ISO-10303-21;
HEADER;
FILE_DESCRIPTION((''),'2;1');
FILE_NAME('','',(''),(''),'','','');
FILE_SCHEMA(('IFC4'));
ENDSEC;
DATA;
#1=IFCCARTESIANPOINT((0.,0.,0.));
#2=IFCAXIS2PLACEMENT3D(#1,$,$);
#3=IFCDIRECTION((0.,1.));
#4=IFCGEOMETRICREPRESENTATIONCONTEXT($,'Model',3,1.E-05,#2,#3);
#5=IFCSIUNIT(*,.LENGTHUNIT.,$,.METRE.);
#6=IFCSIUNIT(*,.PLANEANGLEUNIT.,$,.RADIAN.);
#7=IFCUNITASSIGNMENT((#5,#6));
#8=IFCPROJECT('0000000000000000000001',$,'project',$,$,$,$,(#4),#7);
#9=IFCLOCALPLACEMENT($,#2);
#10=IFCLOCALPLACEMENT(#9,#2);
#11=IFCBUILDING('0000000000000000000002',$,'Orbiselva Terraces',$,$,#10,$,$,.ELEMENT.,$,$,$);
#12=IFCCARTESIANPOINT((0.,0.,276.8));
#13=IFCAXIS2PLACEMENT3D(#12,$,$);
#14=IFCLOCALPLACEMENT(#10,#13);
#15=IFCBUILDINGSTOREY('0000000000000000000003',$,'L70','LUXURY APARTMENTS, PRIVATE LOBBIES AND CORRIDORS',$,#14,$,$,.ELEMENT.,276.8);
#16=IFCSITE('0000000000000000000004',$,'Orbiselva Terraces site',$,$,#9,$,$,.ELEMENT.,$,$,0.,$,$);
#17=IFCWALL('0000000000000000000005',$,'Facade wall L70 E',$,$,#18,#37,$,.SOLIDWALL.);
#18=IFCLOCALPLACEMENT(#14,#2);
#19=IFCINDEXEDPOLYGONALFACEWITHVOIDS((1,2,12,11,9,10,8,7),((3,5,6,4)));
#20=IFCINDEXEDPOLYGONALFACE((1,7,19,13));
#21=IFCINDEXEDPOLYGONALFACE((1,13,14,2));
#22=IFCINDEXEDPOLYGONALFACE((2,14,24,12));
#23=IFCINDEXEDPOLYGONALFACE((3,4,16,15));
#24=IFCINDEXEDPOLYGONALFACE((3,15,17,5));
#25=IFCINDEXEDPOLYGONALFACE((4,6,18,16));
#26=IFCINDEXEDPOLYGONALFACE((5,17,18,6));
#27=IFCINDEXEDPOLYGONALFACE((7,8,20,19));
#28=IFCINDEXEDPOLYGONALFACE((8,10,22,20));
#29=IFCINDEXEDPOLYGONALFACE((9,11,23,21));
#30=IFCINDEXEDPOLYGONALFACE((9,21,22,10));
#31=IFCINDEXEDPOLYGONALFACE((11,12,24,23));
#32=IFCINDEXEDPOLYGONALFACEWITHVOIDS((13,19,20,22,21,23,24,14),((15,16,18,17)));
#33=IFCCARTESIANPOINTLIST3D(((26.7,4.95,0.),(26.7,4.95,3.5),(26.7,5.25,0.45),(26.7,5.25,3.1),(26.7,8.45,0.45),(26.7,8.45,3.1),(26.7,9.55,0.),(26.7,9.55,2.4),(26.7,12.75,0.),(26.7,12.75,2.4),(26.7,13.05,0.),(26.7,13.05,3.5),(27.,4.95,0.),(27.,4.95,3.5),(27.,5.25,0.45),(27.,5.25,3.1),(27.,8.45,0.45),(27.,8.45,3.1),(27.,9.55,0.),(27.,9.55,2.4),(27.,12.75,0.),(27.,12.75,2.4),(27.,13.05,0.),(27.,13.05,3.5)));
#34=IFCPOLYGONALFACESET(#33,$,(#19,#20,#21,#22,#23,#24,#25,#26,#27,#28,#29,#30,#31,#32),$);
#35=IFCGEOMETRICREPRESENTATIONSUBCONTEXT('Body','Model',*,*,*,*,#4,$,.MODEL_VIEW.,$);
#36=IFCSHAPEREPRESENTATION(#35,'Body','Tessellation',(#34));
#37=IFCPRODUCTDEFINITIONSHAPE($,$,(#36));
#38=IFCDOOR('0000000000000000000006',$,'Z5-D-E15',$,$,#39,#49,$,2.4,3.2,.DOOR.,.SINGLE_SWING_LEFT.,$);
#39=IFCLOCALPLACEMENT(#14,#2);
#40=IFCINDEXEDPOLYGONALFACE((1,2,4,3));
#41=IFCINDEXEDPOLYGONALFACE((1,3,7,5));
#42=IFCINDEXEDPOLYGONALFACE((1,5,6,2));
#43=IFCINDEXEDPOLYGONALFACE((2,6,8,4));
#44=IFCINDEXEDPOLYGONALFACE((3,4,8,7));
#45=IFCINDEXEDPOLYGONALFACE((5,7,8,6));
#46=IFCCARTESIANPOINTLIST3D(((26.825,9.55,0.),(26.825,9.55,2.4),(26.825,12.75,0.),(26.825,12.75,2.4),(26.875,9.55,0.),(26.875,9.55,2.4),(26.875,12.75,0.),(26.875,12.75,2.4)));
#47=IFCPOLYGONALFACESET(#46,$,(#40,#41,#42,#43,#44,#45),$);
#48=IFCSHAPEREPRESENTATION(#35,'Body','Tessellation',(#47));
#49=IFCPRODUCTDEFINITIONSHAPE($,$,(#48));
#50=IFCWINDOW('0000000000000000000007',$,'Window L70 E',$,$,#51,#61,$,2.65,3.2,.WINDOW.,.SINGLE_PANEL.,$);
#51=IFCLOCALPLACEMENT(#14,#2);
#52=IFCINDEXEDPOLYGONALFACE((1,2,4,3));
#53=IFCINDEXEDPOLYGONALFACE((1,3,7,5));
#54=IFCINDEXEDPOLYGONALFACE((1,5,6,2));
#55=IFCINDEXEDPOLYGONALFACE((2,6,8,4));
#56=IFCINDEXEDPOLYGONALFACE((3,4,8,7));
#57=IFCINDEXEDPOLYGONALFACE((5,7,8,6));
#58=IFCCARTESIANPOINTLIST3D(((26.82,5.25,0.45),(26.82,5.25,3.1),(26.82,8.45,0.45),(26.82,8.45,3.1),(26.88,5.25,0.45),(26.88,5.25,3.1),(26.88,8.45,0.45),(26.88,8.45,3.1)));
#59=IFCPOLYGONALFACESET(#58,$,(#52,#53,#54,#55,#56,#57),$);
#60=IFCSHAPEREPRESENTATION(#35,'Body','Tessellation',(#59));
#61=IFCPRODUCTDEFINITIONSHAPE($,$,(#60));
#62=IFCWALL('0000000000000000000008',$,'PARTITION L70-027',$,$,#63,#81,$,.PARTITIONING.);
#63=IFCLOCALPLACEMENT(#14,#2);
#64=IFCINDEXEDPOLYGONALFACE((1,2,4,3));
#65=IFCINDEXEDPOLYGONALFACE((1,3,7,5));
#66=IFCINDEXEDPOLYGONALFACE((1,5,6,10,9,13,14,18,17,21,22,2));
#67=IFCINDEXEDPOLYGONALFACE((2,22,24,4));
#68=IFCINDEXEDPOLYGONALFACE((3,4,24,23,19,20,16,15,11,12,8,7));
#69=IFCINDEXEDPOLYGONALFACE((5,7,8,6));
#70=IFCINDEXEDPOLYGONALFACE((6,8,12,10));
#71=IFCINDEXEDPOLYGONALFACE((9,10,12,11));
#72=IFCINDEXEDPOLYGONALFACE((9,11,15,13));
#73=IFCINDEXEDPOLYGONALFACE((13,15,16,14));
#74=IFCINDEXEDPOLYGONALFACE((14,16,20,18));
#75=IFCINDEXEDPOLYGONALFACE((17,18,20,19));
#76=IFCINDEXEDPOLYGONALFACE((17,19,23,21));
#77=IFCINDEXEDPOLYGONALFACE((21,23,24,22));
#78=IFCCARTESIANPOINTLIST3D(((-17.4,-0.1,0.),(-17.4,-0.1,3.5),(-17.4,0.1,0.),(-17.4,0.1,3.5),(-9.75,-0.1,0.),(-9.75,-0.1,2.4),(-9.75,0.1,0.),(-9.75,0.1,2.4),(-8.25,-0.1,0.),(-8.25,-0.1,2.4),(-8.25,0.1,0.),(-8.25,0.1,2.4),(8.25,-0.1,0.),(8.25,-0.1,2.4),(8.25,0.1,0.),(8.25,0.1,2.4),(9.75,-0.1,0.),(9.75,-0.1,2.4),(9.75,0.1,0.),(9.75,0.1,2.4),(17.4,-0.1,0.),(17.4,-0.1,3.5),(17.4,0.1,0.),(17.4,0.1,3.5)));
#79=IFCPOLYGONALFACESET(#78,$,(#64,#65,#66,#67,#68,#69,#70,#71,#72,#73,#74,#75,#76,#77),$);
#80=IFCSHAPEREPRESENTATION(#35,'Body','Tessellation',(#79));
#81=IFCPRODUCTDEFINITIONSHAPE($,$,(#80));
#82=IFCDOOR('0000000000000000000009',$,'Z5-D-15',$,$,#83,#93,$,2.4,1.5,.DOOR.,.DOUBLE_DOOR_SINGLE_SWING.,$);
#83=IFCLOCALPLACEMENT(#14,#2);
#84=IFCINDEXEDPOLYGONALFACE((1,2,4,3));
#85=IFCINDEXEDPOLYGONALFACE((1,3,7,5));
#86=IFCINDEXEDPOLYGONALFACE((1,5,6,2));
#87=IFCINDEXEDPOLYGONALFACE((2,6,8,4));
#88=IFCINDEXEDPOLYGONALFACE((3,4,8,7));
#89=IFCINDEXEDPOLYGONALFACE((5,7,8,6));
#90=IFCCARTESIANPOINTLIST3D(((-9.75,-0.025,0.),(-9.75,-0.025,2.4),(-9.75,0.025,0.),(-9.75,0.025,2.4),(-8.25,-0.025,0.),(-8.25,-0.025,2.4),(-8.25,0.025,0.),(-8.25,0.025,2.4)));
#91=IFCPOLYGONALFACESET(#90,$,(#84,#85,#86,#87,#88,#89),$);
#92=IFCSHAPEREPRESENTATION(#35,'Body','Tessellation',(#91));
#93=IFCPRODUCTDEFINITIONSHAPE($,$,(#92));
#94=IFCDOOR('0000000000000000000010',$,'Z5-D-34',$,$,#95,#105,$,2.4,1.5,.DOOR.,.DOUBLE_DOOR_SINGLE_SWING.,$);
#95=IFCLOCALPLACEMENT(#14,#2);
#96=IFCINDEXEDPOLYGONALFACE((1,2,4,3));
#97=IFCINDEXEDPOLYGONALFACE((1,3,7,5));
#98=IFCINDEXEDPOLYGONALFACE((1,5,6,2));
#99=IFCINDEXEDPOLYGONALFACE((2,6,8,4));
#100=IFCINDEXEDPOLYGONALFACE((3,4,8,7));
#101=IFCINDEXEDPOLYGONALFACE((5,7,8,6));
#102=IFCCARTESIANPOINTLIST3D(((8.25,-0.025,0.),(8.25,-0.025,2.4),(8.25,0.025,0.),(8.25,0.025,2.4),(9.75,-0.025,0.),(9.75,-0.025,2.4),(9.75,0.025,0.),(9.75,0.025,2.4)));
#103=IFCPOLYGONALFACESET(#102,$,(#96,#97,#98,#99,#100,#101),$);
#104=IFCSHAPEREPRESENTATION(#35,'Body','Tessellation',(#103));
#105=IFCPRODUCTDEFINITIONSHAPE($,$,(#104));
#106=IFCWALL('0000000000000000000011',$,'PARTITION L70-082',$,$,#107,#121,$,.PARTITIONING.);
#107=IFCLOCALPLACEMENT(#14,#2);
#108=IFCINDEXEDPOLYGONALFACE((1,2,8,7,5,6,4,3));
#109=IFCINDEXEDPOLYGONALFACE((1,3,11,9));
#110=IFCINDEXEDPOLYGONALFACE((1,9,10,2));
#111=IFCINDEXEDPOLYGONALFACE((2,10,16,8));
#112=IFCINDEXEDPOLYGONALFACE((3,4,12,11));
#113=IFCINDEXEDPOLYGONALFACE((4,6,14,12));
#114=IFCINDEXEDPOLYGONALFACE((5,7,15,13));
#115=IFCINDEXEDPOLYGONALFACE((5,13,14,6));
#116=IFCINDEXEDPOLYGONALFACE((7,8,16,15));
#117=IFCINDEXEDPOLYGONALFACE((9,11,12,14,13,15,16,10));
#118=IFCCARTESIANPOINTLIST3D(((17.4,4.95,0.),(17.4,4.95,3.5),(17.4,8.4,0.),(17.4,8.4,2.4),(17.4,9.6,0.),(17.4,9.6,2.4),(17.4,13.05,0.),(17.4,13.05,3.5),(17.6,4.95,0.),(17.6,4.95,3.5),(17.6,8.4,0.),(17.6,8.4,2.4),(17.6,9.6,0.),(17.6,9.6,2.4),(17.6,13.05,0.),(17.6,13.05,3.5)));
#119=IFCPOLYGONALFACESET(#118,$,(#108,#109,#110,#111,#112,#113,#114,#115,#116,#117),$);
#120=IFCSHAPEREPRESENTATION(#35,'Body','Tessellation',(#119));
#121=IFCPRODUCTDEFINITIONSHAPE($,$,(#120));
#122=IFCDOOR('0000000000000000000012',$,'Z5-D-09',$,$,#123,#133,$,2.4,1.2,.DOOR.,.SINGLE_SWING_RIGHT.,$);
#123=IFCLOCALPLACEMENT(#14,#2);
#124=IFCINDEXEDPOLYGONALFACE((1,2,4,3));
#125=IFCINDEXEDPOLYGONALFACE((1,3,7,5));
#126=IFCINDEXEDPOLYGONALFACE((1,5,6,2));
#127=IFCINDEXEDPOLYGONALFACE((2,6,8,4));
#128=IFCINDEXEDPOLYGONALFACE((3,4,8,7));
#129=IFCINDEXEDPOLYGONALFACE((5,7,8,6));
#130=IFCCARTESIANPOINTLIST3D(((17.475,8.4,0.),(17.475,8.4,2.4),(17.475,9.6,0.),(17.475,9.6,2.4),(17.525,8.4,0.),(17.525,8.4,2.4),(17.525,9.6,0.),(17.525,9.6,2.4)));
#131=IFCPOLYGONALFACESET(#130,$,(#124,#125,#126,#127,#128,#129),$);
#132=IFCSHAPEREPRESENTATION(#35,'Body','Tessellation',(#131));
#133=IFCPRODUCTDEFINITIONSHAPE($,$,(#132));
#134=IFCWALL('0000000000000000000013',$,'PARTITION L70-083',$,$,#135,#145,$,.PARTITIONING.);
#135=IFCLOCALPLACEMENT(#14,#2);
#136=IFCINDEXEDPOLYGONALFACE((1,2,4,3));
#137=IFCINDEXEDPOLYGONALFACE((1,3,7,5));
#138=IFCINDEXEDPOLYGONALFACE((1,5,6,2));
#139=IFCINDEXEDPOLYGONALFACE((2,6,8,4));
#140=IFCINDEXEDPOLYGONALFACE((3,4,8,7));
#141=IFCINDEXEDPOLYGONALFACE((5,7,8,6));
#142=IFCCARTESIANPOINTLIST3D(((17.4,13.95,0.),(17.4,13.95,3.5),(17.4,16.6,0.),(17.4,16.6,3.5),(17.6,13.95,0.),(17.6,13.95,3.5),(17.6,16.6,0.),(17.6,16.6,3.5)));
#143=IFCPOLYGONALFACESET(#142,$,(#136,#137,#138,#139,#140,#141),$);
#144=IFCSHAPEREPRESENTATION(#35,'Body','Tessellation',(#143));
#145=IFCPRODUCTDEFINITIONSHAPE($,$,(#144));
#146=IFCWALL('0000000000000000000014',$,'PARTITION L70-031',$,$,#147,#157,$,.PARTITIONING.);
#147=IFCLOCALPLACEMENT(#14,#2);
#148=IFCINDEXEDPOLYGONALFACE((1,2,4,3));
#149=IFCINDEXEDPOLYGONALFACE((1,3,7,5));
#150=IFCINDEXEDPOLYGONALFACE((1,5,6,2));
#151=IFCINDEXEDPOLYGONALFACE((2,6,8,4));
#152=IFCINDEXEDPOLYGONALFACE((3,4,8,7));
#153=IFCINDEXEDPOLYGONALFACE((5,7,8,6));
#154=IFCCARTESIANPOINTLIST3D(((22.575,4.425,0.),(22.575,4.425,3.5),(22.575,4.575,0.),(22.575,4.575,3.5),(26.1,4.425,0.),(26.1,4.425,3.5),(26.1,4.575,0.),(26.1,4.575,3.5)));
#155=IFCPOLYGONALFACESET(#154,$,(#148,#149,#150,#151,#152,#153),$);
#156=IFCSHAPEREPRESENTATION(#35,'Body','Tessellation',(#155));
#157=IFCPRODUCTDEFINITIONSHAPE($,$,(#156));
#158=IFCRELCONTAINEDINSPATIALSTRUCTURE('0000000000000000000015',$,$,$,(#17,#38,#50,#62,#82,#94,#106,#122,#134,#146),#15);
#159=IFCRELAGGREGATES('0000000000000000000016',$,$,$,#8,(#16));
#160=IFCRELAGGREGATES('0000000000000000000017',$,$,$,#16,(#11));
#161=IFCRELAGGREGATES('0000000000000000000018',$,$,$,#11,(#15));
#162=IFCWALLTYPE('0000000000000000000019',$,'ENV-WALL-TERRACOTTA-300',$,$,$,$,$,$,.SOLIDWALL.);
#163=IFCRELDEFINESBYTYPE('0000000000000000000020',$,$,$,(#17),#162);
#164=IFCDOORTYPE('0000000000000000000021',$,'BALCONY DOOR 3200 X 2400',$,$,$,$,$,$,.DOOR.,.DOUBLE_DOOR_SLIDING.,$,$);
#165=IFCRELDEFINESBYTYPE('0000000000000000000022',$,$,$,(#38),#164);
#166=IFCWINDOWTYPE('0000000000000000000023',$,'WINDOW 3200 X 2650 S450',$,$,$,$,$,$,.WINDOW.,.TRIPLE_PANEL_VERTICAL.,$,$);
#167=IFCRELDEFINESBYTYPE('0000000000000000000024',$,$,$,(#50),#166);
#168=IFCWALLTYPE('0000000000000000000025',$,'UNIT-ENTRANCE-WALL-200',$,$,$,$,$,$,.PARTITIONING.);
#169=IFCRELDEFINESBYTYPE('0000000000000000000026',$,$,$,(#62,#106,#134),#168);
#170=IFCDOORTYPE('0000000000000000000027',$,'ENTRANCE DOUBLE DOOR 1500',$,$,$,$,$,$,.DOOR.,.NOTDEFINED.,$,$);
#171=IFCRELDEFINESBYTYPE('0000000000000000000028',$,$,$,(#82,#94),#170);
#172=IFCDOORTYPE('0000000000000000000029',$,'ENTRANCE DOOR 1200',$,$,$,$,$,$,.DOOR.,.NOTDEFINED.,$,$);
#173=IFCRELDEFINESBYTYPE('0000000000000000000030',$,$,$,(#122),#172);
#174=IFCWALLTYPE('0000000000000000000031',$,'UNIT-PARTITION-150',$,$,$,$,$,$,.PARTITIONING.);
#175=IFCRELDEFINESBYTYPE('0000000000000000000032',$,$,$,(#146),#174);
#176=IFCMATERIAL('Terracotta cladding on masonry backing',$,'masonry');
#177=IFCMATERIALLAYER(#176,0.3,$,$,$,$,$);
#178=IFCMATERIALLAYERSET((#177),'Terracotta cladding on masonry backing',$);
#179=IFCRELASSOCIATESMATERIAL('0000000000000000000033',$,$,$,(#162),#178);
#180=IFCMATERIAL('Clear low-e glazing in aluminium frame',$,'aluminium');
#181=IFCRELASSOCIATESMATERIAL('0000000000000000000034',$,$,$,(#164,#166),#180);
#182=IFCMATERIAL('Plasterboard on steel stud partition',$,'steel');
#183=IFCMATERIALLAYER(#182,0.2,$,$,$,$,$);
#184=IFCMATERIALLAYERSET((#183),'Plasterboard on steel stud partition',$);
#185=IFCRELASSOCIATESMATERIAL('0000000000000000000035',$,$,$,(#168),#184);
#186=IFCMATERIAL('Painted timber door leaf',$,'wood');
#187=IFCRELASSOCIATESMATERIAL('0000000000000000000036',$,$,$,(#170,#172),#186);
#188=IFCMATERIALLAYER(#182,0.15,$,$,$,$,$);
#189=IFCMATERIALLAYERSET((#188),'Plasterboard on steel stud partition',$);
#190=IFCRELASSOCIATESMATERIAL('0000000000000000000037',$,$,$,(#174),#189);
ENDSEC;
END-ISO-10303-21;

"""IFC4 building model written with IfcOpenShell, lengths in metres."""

from ifc_helpers import new_model, si_unit, direction, frame, frame_2d, origin, place, context, subcontext, project, spatial, rectangle, extrude, material, layer, layer_set, type_object, element, fill, save


model = new_model("IFC4")

# Units and contexts
model_context = context("Model", 3, precision=1e-05, world=origin(), true_north=direction((0.0, 1.0)))
body_context = subcontext(model_context, "Body", "Model", "MODEL_VIEW")
ifc_project = project(units=[si_unit("LENGTHUNIT", "METRE"), si_unit("PLANEANGLEUNIT", "RADIAN")], contexts=[model_context])

# Site, building, storey
site_placement = place(None, origin())
site = spatial("IfcSite", under=ifc_project, at=site_placement, Name="Orbiselva Terraces site", CompositionType="ELEMENT", RefElevation=0.0)
building_placement = place(site_placement, origin())
building = spatial("IfcBuilding", under=site, at=building_placement, Name="Orbiselva Terraces", CompositionType="ELEMENT")
storey_placement = place(building_placement, frame((0.0, 0.0, 276.8)))
storey = spatial("IfcBuildingStorey", under=building, at=storey_placement, Name="L70", Description="LUXURY APARTMENTS, PRIVATE LOBBIES AND CORRIDORS", CompositionType="ELEMENT", Elevation=276.8)

# Wall, openings, door, window
ifc_material_1 = material(Name="Terracotta cladding on masonry backing", Category="masonry")
ifc_layer_1 = layer(ifc_material_1, 0.3)
ifc_layer_set_1 = layer_set([ifc_layer_1], Name="Terracotta cladding on masonry backing")
wall_type_1 = type_object("IfcWallType", Name="ENV-WALL-TERRACOTTA-300", PredefinedType="SOLIDWALL", material=ifc_layer_set_1)
ifc_material_2 = material(Name="Clear low-e glazing in aluminium frame", Category="aluminium")
door_type_1 = type_object("IfcDoorType", Name="BALCONY DOOR 3200 X 2400", OperationType="DOUBLE_DOOR_SLIDING", PredefinedType="DOOR", material=ifc_material_2)
window_type = type_object("IfcWindowType", Name="WINDOW 3200 X 2650 S450", PartitioningType="TRIPLE_PANEL_VERTICAL", PredefinedType="WINDOW", material=ifc_material_2)
wall_1_placement = place(storey_placement, frame((26.85, 13.05, 0.0), z_axis=(0.0, 0.0, 1.0), x_axis=(0.0, -1.0, 0.0)))
wall_1 = element("IfcWall", 1, at=wall_1_placement, inside=storey, type_object=wall_type_1, Name="Facade wall L70 E", PredefinedType="SOLIDWALL", context=body_context, shape_type="SweptSolid", body=[
    extrude(rectangle(XDim=8.1, YDim=0.3, at=frame_2d((4.05, 0.0))), origin(), (0.0, 0.0, 1.0), 3.5),
])
opening_1_placement = place(wall_1_placement, frame((4.6, 0.0, 0.45)))
opening_1 = element("IfcOpeningElement", 2, at=opening_1_placement, cuts=wall_1, PredefinedType="OPENING", context=body_context, shape_type="SweptSolid", body=[
    extrude(rectangle(XDim=3.2, YDim=2.65, at=frame_2d((1.6, 1.325))), frame((0.0, 0.16, 0.0), z_axis=(0.0, -1.0, 0.0), x_axis=(1.0, 0.0, 0.0)), (0.0, 0.0, 1.0), 0.32),
])
opening_2_placement = place(wall_1_placement, frame((0.3, 0.0, 0.0)))
opening_2 = element("IfcOpeningElement", 3, at=opening_2_placement, cuts=wall_1, PredefinedType="OPENING", context=body_context, shape_type="SweptSolid", body=[
    extrude(rectangle(XDim=3.2, YDim=2.4, at=frame_2d((1.6, 1.2))), frame((0.0, 0.16, 0.0), z_axis=(0.0, -1.0, 0.0), x_axis=(1.0, 0.0, 0.0)), (0.0, 0.0, 1.0), 0.32),
])
door_1_placement = place(opening_2_placement, origin())
door_1 = element("IfcDoor", 4, at=door_1_placement, inside=storey, type_object=door_type_1, Name="Z5-D-E15", OperationType="SINGLE_SWING_LEFT", OverallHeight=2.4, OverallWidth=3.2, PredefinedType="DOOR", context=body_context, shape_type="SweptSolid", body=[
    extrude(rectangle(XDim=3.2, YDim=2.4, at=frame_2d((1.6, 1.2))), frame((0.0, 0.025, 0.0), z_axis=(0.0, -1.0, 0.0), x_axis=(1.0, 0.0, 0.0)), (0.0, 0.0, 1.0), 0.05),
])
fill(opening_2, door_1)
window_1_placement = place(opening_1_placement, origin())
window_1 = element("IfcWindow", 5, at=window_1_placement, inside=storey, type_object=window_type, Name="Window L70 E", OverallHeight=2.65, OverallWidth=3.2, PartitioningType="SINGLE_PANEL", PredefinedType="WINDOW", context=body_context, shape_type="SweptSolid", body=[
    extrude(rectangle(XDim=3.2, YDim=2.65, at=frame_2d((1.6, 1.325))), frame((0.0, 0.03, 0.0), z_axis=(0.0, -1.0, 0.0), x_axis=(1.0, 0.0, 0.0)), (0.0, 0.0, 1.0), 0.06),
])
fill(opening_1, window_1)

# Wall, openings, doors
ifc_material_3 = material(Name="Plasterboard on steel stud partition", Category="steel")
ifc_layer_2 = layer(ifc_material_3, 0.2)
ifc_layer_set_2 = layer_set([ifc_layer_2], Name="Plasterboard on steel stud partition")
wall_type_2 = type_object("IfcWallType", Name="UNIT-ENTRANCE-WALL-200", PredefinedType="PARTITIONING", material=ifc_layer_set_2)
wall_2_placement = place(storey_placement, frame((17.4, 0.0, 0.0), z_axis=(0.0, 0.0, 1.0), x_axis=(-1.0, 0.0, 0.0)))
wall_2 = element("IfcWall", 6, at=wall_2_placement, inside=storey, type_object=wall_type_2, Name="PARTITION L70-027", PredefinedType="PARTITIONING", context=body_context, shape_type="SweptSolid", body=[
    extrude(rectangle(XDim=34.8, YDim=0.2, at=frame_2d((17.4, 0.0))), origin(), (0.0, 0.0, 1.0), 3.5),
])
opening_3_placement = place(wall_2_placement, frame((25.65, 0.0, 0.0)))
opening_3 = element("IfcOpeningElement", 7, at=opening_3_placement, cuts=wall_2, PredefinedType="OPENING", context=body_context, shape_type="SweptSolid", body=[
    extrude(rectangle(XDim=1.5, YDim=2.4, at=frame_2d((0.75, 1.2))), frame((0.0, 0.11, 0.0), z_axis=(0.0, -1.0, 0.0), x_axis=(1.0, 0.0, 0.0)), (0.0, 0.0, 1.0), 0.22),
])
opening_4_placement = place(wall_2_placement, frame((7.65, 0.0, 0.0)))
opening_4 = element("IfcOpeningElement", 8, at=opening_4_placement, cuts=wall_2, PredefinedType="OPENING", context=body_context, shape_type="SweptSolid", body=[
    extrude(rectangle(XDim=1.5, YDim=2.4, at=frame_2d((0.75, 1.2))), frame((0.0, 0.11, 0.0), z_axis=(0.0, -1.0, 0.0), x_axis=(1.0, 0.0, 0.0)), (0.0, 0.0, 1.0), 0.22),
])
ifc_material_4 = material(Name="Painted timber door leaf", Category="wood")
door_type_2 = type_object("IfcDoorType", Name="ENTRANCE DOUBLE DOOR 1500", OperationType="NOTDEFINED", PredefinedType="DOOR", material=ifc_material_4)
door_2_placement = place(opening_3_placement, origin())
door_2 = element("IfcDoor", 9, at=door_2_placement, inside=storey, type_object=door_type_2, Name="Z5-D-15", OperationType="DOUBLE_DOOR_SINGLE_SWING", OverallHeight=2.4, OverallWidth=1.5, PredefinedType="DOOR", context=body_context, shape_type="SweptSolid", body=[
    extrude(rectangle(XDim=1.5, YDim=2.4, at=frame_2d((0.75, 1.2))), frame((0.0, 0.025, 0.0), z_axis=(0.0, -1.0, 0.0), x_axis=(1.0, 0.0, 0.0)), (0.0, 0.0, 1.0), 0.05),
])
fill(opening_3, door_2)
door_3_placement = place(opening_4_placement, origin())
door_3 = element("IfcDoor", 10, at=door_3_placement, inside=storey, type_object=door_type_2, Name="Z5-D-34", OperationType="DOUBLE_DOOR_SINGLE_SWING", OverallHeight=2.4, OverallWidth=1.5, PredefinedType="DOOR", context=body_context, shape_type="SweptSolid", body=[
    extrude(rectangle(XDim=1.5, YDim=2.4, at=frame_2d((0.75, 1.2))), frame((0.0, 0.025, 0.0), z_axis=(0.0, -1.0, 0.0), x_axis=(1.0, 0.0, 0.0)), (0.0, 0.0, 1.0), 0.05),
])
fill(opening_4, door_3)

# Wall, opening, door
wall_3_placement = place(storey_placement, frame((17.5, 13.05, 0.0), z_axis=(0.0, 0.0, 1.0), x_axis=(0.0, -1.0, 0.0)))
wall_3 = element("IfcWall", 11, at=wall_3_placement, inside=storey, type_object=wall_type_2, Name="PARTITION L70-082", PredefinedType="PARTITIONING", context=body_context, shape_type="SweptSolid", body=[
    extrude(rectangle(XDim=8.1, YDim=0.2, at=frame_2d((4.05, 0.0))), origin(), (0.0, 0.0, 1.0), 3.5),
])
opening_5_placement = place(wall_3_placement, frame((3.45, 0.0, 0.0)))
opening_5 = element("IfcOpeningElement", 12, at=opening_5_placement, cuts=wall_3, PredefinedType="OPENING", context=body_context, shape_type="SweptSolid", body=[
    extrude(rectangle(XDim=1.2, YDim=2.4, at=frame_2d((0.6, 1.2))), frame((0.0, 0.11, 0.0), z_axis=(0.0, -1.0, 0.0), x_axis=(1.0, 0.0, 0.0)), (0.0, 0.0, 1.0), 0.22),
])
door_type_3 = type_object("IfcDoorType", Name="ENTRANCE DOOR 1200", OperationType="NOTDEFINED", PredefinedType="DOOR", material=ifc_material_4)
door_4_placement = place(opening_5_placement, origin())
door_4 = element("IfcDoor", 13, at=door_4_placement, inside=storey, type_object=door_type_3, Name="Z5-D-09", OperationType="SINGLE_SWING_RIGHT", OverallHeight=2.4, OverallWidth=1.2, PredefinedType="DOOR", context=body_context, shape_type="SweptSolid", body=[
    extrude(rectangle(XDim=1.2, YDim=2.4, at=frame_2d((0.6, 1.2))), frame((0.0, 0.025, 0.0), z_axis=(0.0, -1.0, 0.0), x_axis=(1.0, 0.0, 0.0)), (0.0, 0.0, 1.0), 0.05),
])
fill(opening_5, door_4)

# Walls
wall_4_placement = place(storey_placement, frame((17.5, 13.95, 0.0), z_axis=(0.0, 0.0, 1.0), x_axis=(0.0, 1.0, 0.0)))
element("IfcWall", 14, at=wall_4_placement, inside=storey, type_object=wall_type_2, Name="PARTITION L70-083", PredefinedType="PARTITIONING", context=body_context, shape_type="SweptSolid", body=[
    extrude(rectangle(XDim=2.65, YDim=0.2, at=frame_2d((1.325, 0.0))), origin(), (0.0, 0.0, 1.0), 3.5),
])
ifc_layer_3 = layer(ifc_material_3, 0.15)
ifc_layer_set_3 = layer_set([ifc_layer_3], Name="Plasterboard on steel stud partition")
wall_type_3 = type_object("IfcWallType", Name="UNIT-PARTITION-150", PredefinedType="PARTITIONING", material=ifc_layer_set_3)
wall_5_placement = place(storey_placement, frame((22.575, 4.5, 0.0), z_axis=(0.0, 0.0, 1.0), x_axis=(1.0, 0.0, 0.0)))
element("IfcWall", 15, at=wall_5_placement, inside=storey, type_object=wall_type_3, Name="PARTITION L70-031", PredefinedType="PARTITIONING", context=body_context, shape_type="SweptSolid", body=[
    extrude(rectangle(XDim=3.525, YDim=0.15, at=frame_2d((1.7625, 0.0))), origin(), (0.0, 0.0, 1.0), 3.5),
])

save(model, "model.ifc")
